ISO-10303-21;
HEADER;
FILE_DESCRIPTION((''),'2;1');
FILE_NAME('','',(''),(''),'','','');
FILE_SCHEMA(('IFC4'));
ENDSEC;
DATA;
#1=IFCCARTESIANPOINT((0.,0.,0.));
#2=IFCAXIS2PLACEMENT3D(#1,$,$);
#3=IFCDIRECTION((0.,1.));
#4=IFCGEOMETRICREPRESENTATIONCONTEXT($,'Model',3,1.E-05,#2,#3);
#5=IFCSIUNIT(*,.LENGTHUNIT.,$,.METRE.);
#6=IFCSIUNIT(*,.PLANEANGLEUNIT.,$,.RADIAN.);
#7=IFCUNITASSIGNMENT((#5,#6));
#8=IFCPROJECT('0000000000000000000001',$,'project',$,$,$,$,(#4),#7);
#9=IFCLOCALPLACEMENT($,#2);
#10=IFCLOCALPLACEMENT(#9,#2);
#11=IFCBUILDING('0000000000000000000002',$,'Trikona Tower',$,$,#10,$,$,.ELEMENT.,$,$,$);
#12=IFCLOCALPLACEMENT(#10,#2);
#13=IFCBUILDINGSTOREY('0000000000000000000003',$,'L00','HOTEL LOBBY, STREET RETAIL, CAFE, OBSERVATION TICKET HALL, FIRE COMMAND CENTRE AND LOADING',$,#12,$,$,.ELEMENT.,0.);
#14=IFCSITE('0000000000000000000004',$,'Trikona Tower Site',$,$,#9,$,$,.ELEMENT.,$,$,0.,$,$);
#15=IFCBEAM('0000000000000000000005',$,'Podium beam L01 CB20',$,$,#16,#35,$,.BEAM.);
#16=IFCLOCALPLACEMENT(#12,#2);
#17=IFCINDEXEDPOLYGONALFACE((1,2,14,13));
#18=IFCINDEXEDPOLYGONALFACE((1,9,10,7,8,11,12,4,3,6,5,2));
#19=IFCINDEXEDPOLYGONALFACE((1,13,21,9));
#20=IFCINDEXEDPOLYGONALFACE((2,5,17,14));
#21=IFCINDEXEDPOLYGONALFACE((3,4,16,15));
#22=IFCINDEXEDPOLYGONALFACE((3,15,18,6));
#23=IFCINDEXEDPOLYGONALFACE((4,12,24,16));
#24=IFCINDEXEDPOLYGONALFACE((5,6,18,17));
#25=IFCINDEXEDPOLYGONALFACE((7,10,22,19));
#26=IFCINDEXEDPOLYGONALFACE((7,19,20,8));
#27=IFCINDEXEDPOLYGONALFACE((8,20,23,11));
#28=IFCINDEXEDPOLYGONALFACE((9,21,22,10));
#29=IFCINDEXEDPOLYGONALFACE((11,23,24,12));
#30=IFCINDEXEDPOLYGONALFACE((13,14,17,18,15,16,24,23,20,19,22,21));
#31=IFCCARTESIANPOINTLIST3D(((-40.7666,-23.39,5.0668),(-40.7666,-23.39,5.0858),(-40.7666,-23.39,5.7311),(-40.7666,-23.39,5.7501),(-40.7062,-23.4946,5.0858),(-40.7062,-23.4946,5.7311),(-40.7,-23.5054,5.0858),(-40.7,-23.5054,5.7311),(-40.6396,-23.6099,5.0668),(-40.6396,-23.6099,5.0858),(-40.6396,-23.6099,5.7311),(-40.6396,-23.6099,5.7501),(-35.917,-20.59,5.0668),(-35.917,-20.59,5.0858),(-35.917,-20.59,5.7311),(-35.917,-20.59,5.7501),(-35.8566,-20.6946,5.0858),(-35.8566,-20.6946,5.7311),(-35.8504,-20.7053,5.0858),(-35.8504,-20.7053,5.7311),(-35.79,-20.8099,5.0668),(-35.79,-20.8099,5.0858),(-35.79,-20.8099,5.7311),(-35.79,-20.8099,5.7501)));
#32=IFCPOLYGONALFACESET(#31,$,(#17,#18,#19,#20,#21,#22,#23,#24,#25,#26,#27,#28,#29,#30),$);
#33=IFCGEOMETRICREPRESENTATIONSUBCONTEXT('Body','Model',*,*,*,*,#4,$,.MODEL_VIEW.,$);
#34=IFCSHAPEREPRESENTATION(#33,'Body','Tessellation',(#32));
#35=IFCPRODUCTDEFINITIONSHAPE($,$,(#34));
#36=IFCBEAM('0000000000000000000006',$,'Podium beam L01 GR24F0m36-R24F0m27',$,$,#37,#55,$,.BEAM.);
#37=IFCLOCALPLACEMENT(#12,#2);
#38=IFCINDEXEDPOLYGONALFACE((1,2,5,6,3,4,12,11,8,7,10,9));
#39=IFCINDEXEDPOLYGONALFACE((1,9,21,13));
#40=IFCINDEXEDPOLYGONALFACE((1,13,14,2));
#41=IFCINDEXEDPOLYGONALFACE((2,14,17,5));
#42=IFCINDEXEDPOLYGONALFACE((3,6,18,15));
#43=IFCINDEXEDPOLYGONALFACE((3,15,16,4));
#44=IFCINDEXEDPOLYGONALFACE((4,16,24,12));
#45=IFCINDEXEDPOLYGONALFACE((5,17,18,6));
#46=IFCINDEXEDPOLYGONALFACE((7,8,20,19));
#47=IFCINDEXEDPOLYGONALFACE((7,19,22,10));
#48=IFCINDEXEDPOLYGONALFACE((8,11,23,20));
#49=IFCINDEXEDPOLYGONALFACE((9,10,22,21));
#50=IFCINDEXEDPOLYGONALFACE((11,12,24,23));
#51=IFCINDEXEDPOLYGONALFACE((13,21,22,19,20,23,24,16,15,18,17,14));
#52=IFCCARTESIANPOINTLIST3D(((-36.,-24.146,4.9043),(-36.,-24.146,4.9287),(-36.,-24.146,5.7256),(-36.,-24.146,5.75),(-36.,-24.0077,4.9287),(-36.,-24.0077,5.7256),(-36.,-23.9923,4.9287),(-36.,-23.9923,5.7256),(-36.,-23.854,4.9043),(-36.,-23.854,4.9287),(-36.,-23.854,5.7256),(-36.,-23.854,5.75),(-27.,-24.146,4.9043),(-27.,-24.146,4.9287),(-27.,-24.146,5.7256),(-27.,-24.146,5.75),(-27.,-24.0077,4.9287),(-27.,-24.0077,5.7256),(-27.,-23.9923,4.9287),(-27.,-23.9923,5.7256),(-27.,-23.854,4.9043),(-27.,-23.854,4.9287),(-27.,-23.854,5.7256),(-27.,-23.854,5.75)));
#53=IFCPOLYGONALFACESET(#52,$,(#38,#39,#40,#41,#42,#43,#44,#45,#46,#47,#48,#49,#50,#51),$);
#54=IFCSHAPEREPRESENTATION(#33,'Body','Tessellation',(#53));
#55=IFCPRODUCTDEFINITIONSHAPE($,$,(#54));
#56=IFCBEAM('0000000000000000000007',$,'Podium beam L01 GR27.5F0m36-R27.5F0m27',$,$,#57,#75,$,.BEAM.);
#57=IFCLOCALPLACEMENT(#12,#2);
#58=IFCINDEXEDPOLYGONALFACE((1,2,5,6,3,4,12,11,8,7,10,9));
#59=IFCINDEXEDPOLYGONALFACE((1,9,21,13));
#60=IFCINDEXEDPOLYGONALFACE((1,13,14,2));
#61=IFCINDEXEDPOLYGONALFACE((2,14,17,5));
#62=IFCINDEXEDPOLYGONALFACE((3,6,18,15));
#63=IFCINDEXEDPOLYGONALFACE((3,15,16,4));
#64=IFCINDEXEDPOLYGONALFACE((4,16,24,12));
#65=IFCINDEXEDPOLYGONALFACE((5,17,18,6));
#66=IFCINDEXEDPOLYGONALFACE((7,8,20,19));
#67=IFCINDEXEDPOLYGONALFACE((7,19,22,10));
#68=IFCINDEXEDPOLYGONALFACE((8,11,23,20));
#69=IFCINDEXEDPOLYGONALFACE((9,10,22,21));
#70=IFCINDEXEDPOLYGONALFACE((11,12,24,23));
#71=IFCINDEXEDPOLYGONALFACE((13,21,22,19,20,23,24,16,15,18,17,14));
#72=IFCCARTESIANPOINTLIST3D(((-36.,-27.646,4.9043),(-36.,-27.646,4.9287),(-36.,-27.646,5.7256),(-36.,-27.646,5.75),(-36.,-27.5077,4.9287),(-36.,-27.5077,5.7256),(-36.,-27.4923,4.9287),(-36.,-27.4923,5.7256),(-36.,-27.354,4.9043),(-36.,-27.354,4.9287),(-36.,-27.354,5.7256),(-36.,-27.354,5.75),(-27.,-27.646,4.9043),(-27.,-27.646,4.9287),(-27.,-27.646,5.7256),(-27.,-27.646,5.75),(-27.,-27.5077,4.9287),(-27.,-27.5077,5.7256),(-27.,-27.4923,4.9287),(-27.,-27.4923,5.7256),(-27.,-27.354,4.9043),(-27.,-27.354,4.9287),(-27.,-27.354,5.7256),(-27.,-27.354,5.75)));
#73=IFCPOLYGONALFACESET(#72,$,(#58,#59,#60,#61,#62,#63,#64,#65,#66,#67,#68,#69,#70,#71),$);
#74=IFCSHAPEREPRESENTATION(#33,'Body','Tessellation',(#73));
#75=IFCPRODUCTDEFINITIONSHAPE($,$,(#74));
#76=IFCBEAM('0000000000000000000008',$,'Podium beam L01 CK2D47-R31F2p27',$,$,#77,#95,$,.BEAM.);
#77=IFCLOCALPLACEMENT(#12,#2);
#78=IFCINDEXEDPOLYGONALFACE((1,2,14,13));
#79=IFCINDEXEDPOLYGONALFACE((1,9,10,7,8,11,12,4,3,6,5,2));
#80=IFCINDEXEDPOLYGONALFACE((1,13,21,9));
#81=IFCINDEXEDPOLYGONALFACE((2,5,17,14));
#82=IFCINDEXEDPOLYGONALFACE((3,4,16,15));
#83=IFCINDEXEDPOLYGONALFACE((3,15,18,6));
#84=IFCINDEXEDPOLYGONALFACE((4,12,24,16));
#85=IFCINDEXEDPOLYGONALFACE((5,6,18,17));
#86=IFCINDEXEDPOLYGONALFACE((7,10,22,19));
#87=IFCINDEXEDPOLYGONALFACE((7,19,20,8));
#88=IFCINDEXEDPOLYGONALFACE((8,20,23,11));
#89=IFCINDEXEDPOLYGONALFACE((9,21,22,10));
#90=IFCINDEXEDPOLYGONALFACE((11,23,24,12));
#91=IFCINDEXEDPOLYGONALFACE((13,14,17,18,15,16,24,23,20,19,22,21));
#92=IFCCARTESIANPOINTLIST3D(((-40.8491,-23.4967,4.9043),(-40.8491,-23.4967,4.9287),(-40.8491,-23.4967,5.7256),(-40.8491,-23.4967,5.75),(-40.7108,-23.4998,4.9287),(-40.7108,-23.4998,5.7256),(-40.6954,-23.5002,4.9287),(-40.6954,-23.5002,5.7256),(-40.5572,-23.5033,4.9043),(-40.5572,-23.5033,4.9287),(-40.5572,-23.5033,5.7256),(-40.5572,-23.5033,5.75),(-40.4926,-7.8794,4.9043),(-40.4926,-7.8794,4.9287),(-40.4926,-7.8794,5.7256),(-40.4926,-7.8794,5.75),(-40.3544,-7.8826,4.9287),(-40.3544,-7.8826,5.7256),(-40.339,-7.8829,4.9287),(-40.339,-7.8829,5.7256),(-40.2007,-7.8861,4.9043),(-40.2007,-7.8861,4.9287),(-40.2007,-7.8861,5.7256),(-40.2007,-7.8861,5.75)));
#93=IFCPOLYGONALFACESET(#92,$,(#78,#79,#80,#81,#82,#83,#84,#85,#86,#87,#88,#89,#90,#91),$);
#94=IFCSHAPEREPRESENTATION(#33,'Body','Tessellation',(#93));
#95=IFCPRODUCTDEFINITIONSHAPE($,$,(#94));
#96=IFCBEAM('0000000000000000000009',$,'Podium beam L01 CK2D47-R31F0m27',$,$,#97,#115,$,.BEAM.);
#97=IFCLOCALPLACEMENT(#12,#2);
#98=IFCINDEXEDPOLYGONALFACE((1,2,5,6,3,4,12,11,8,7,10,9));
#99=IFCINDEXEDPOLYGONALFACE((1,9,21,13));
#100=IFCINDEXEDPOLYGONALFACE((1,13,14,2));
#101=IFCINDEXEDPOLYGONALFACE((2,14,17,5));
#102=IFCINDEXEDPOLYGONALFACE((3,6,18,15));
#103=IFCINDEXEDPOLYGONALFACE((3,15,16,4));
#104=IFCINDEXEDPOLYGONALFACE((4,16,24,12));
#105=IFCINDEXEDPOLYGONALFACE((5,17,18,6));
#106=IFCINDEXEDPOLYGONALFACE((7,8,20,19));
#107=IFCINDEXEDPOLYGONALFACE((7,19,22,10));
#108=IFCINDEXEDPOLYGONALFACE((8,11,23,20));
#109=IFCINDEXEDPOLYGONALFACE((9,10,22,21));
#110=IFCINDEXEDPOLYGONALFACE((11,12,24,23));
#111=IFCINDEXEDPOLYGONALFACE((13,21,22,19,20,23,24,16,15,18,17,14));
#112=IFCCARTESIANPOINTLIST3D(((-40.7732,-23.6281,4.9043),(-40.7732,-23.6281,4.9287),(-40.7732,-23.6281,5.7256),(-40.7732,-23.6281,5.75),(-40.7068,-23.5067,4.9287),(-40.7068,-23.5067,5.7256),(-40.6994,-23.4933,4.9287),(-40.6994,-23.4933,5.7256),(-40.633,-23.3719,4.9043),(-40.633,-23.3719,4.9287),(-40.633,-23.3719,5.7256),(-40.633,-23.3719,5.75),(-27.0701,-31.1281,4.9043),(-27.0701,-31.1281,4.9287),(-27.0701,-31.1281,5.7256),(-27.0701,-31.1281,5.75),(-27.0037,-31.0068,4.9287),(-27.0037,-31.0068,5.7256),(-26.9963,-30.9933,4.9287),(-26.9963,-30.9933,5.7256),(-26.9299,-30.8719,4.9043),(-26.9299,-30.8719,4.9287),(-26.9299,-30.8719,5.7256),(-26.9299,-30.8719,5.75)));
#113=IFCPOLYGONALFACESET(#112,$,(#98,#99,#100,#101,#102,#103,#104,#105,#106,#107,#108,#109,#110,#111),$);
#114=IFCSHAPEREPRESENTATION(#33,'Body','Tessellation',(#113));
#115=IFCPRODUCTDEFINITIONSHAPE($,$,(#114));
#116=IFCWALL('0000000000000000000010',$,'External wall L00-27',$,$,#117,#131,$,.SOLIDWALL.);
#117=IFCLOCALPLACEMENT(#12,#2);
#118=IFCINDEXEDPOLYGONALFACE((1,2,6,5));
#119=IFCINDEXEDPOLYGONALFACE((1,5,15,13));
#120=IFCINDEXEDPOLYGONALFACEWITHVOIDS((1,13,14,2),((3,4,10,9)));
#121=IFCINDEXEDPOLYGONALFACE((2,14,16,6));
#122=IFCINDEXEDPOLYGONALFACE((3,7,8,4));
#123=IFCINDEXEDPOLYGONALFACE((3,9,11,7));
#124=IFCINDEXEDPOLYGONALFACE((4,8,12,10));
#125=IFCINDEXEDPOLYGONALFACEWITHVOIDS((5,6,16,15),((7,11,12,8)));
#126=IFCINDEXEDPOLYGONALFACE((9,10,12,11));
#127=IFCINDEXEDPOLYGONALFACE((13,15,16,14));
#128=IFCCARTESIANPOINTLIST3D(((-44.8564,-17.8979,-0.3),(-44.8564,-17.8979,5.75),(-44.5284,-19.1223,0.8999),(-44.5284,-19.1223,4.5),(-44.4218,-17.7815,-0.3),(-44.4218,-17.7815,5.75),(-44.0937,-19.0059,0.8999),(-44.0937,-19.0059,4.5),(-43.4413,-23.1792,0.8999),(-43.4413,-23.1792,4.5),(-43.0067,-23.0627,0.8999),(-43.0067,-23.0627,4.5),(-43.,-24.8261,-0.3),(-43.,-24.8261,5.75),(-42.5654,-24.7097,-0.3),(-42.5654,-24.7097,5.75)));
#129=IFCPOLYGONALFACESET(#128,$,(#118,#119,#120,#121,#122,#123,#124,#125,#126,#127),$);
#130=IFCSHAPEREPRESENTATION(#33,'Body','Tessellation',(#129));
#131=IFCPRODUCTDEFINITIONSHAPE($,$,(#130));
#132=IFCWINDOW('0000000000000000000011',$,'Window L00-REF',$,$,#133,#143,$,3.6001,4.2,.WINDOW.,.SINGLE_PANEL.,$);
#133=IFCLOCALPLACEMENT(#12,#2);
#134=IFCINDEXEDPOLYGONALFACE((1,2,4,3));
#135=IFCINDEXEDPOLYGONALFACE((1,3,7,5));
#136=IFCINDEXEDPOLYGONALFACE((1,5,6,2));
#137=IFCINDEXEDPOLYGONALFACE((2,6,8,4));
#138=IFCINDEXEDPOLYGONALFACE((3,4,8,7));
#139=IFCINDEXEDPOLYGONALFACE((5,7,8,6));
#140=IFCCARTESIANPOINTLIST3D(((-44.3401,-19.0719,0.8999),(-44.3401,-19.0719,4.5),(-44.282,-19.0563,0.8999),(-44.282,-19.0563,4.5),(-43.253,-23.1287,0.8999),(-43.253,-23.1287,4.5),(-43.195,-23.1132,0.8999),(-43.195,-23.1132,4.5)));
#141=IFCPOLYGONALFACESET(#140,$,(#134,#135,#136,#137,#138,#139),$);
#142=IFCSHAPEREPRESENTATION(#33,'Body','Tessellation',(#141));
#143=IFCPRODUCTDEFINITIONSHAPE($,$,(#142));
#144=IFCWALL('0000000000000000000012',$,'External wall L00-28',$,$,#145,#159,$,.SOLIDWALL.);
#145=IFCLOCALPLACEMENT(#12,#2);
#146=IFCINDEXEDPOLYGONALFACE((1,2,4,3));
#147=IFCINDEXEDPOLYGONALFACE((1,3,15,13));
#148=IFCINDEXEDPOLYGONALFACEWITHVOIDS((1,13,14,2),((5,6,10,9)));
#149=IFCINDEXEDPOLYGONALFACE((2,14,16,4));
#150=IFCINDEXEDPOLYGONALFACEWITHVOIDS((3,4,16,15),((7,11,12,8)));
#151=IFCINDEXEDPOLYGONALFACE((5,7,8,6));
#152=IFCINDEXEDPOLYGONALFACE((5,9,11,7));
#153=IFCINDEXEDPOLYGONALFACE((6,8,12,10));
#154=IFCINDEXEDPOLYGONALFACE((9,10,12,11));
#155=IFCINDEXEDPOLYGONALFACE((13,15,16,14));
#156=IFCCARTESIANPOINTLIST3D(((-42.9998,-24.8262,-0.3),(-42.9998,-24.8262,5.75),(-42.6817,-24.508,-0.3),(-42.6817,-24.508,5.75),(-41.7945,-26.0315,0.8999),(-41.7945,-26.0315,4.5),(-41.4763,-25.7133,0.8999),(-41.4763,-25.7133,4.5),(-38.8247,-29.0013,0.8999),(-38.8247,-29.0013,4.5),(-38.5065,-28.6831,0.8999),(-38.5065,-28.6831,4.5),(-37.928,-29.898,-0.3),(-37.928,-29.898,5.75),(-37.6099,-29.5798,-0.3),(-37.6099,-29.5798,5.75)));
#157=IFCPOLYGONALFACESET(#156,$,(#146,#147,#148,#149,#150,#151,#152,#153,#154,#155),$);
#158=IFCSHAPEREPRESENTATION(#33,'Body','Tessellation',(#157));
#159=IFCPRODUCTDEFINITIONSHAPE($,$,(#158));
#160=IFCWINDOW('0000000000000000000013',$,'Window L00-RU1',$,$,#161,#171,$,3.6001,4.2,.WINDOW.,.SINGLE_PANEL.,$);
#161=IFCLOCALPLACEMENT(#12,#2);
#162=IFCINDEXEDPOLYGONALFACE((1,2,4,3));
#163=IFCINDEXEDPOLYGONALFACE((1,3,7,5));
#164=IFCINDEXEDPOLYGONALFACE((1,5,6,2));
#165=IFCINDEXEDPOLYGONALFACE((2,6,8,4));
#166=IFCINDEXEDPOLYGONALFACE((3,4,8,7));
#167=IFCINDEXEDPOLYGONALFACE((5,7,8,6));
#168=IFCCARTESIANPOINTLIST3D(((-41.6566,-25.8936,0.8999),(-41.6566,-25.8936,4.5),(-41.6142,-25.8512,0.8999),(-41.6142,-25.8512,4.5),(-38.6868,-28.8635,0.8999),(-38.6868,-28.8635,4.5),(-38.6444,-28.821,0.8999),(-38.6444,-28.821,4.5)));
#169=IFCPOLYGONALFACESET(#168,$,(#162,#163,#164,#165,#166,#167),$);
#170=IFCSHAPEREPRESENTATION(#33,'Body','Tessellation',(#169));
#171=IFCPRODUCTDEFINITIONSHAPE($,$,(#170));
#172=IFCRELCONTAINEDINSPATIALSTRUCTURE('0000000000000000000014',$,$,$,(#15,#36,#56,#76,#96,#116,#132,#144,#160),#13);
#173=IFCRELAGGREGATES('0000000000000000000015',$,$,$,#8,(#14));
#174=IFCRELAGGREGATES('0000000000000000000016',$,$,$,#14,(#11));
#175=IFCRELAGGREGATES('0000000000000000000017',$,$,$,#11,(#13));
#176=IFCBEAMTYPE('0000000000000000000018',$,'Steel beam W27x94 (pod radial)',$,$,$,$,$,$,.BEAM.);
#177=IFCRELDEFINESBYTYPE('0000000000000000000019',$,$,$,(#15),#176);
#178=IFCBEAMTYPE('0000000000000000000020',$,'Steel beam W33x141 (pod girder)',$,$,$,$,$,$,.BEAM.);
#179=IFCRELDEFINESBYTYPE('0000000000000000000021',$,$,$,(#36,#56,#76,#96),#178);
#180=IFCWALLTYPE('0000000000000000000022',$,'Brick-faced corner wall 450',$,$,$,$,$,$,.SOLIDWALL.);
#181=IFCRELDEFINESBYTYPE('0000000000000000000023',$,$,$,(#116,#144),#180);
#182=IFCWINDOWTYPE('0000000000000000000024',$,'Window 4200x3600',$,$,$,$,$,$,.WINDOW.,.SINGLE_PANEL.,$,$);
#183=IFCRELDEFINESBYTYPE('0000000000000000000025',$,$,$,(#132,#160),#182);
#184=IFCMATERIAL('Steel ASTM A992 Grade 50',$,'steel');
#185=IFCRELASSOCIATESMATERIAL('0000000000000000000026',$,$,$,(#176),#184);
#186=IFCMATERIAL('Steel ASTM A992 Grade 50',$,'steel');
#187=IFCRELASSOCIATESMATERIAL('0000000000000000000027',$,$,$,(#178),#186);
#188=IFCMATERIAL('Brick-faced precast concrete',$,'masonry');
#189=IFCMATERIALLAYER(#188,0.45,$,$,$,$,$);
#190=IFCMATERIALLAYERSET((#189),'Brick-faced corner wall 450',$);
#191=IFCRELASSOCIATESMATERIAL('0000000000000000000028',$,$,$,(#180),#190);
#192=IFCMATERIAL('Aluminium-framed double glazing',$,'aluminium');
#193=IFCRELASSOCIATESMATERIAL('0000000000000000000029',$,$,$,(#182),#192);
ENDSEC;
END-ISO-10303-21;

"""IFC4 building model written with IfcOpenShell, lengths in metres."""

from ifc_helpers import new_model, si_unit, direction, frame, frame_2d, origin, origin_2d, place, context, subcontext, project, spatial, rectangle, i_section, extrude, material, layer, layer_set, material_profile, profile_set, type_object, element, fill, save


model = new_model("IFC4")

# Units and contexts
model_context = context("Model", 3, precision=1e-05, world=origin(), true_north=direction((0.0, 1.0)))
body_context = subcontext(model_context, "Body", "Model", "MODEL_VIEW")
ifc_project = project(units=[si_unit("LENGTHUNIT", "METRE"), si_unit("PLANEANGLEUNIT", "RADIAN")], contexts=[model_context])

# Site, building, storey
site_placement = place(None, origin())
site = spatial("IfcSite", under=ifc_project, at=site_placement, Name="Trikona Tower Site", CompositionType="ELEMENT", RefElevation=0.0)
building_placement = place(site_placement, origin())
building = spatial("IfcBuilding", under=site, at=building_placement, Name="Trikona Tower", CompositionType="ELEMENT")
storey_placement = place(building_placement, origin())
storey = spatial("IfcBuildingStorey", under=building, at=storey_placement, Name="L00", Description="HOTEL LOBBY, STREET RETAIL, CAFE, OBSERVATION TICKET HALL, FIRE COMMAND CENTRE AND LOADING", CompositionType="ELEMENT", Elevation=0.0)

# Beams
ifc_material_1 = material(Name="Steel ASTM A992 Grade 50", Category="steel")
ifc_material_profile_1 = material_profile(ifc_material_1, i_section(OverallWidth=0.2539, OverallDepth=0.6833, WebThickness=0.0125, FlangeThickness=0.019, at=origin_2d()), Name="W27X94")
ifc_profile_set_1 = profile_set([ifc_material_profile_1], Name="Steel ASTM A992 Grade 50")
beam_type_1 = type_object("IfcBeamType", Name="Steel beam W27x94 (pod radial)", PredefinedType="BEAM", material=ifc_profile_set_1)
beam_placement = place(storey_placement, frame((-35.8535, -20.7, 5.4084), z_axis=(-0.866016, -0.500017, 0.0), x_axis=(0.500017, -0.866016, 0.0)))
element("IfcBeam", 1, at=beam_placement, inside=storey, type_object=beam_type_1, Name="Podium beam L01 CB20", PredefinedType="BEAM", context=body_context, shape_type="SweptSolid", body=[
    extrude(i_section(OverallWidth=0.2539, OverallDepth=0.6833, WebThickness=0.0125, FlangeThickness=0.019, at=origin_2d()), origin(), (0.0, 0.0, 1.0), 5.5999),
])
ifc_material_2 = material(Name="Steel ASTM A992 Grade 50", Category="steel")
ifc_material_profile_2 = material_profile(ifc_material_2, i_section(OverallWidth=0.292, OverallDepth=0.8457, WebThickness=0.0154, FlangeThickness=0.0244, at=origin_2d()), Name="W33X141")
ifc_profile_set_2 = profile_set([ifc_material_profile_2], Name="Steel ASTM A992 Grade 50")
beam_type_2 = type_object("IfcBeamType", Name="Steel beam W33x141 (pod girder)", PredefinedType="BEAM", material=ifc_profile_set_2)
for number, where, z_axis, x_axis, name in (
    (2, (-36.0, -24.0, 5.3271), (1.0, 0.0, 0.0), (0.0, 1.0, 0.0), "Podium beam L01 GR24F0m36-R24F0m27"),
    (3, (-36.0, -27.5, 5.3271), (1.0, 0.0, 0.0), (0.0, 1.0, 0.0), "Podium beam L01 GR27.5F0m36-R27.5F0m27"),
):
    element("IfcBeam", number, at=place(storey_placement, frame(where, z_axis=z_axis, x_axis=x_axis)), inside=storey, type_object=beam_type_2, Name=name, PredefinedType="BEAM", context=body_context, shape_type="SweptSolid", body=[
        extrude(i_section(OverallWidth=0.292, OverallDepth=0.8457, WebThickness=0.0154, FlangeThickness=0.0244, at=origin_2d()), origin(), (0.0, 0.0, 1.0), 9.0),
    ])
for number, where, z_axis, x_axis, name in (
    (4, (-40.7031, -23.5, 5.3271), (0.022818, 0.99974, 0.0), (-0.99974, 0.022818, 0.0), "Podium beam L01 CK2D47-R31F2p27"),
    (5, (-40.7031, -23.5, 5.3271), (0.877207, -0.480113, 0.0), (0.480113, 0.877207, 0.0), "Podium beam L01 CK2D47-R31F0m27"),
):
    element("IfcBeam", number, at=place(storey_placement, frame(where, z_axis=z_axis, x_axis=x_axis)), inside=storey, type_object=beam_type_2, Name=name, PredefinedType="BEAM", context=body_context, shape_type="SweptSolid", body=[
        extrude(i_section(OverallWidth=0.292, OverallDepth=0.8457, WebThickness=0.0154, FlangeThickness=0.0244, at=origin_2d()), origin(), (0.0, 0.0, 1.0), 15.6213),
    ])

# Walls, openings, windows
ifc_material_3 = material(Name="Brick-faced precast concrete", Category="masonry")
ifc_layer = layer(ifc_material_3, 0.45)
ifc_layer_set = layer_set([ifc_layer], Name="Brick-faced corner wall 450")
wall_type = type_object("IfcWallType", Name="Brick-faced corner wall 450", PredefinedType="SOLIDWALL", material=ifc_layer_set)
wall_1_placement = place(storey_placement, frame((-44.6392, -17.8396, -0.3), z_axis=(0.0, 0.0, 1.0), x_axis=(0.258823, -0.965925, 0.0)))
wall_1 = element("IfcWall", 6, at=wall_1_placement, inside=storey, type_object=wall_type, Name="External wall L00-27", PredefinedType="SOLIDWALL", context=body_context, shape_type="SweptSolid", body=[
    extrude(rectangle(XDim=7.1726, YDim=0.45, at=frame_2d((3.5864, 0.0))), origin(), (0.0, 0.0, 1.0), 6.05),
])
opening_1_placement = place(wall_1_placement, frame((1.2676, 0.0, 1.2)))
opening_1 = element("IfcOpeningElement", 7, at=opening_1_placement, cuts=wall_1, PredefinedType="OPENING", context=body_context, shape_type="SweptSolid", body=[
    extrude(rectangle(XDim=4.2, YDim=3.6001, at=frame_2d((2.1001, 1.8))), frame((0.0, 0.2349, 0.0), z_axis=(0.0, -1.0, 0.0), x_axis=(1.0, 0.0, 0.0)), (0.0, 0.0, 1.0), 0.47),
])
ifc_material_4 = material(Name="Aluminium-framed double glazing", Category="aluminium")
window_type = type_object("IfcWindowType", Name="Window 4200x3600", PartitioningType="SINGLE_PANEL", PredefinedType="WINDOW", material=ifc_material_4)
window_1_placement = place(opening_1_placement, origin())
window_1 = element("IfcWindow", 8, at=window_1_placement, inside=storey, type_object=window_type, Name="Window L00-REF", OverallHeight=3.6001, OverallWidth=4.2, PartitioningType="SINGLE_PANEL", PredefinedType="WINDOW", context=body_context, shape_type="SweptSolid", body=[
    extrude(rectangle(XDim=4.2, YDim=3.6001, at=frame_2d((2.1001, 1.8))), frame((0.0, 0.03, 0.0), z_axis=(0.0, -1.0, 0.0), x_axis=(1.0, 0.0, 0.0)), (0.0, 0.0, 1.0), 0.0601),
])
fill(opening_1, window_1)
wall_2_placement = place(storey_placement, frame((-42.8408, -24.667, -0.3), z_axis=(0.0, 0.0, 1.0), x_axis=(0.707107, -0.707107, 0.0)))
wall_2 = element("IfcWall", 9, at=wall_2_placement, inside=storey, type_object=wall_type, Name="External wall L00-28", PredefinedType="SOLIDWALL", context=body_context, shape_type="SweptSolid", body=[
    extrude(rectangle(XDim=7.1726, YDim=0.45, at=frame_2d((3.5864, 0.0))), origin(), (0.0, 0.0, 1.0), 6.05),
])
opening_2_placement = place(wall_2_placement, frame((1.7046, 0.0, 1.2)))
opening_2 = element("IfcOpeningElement", 10, at=opening_2_placement, cuts=wall_2, PredefinedType="OPENING", context=body_context, shape_type="SweptSolid", body=[
    extrude(rectangle(XDim=4.2, YDim=3.6001, at=frame_2d((2.1001, 1.8))), frame((0.0, 0.2349, 0.0), z_axis=(0.0, -1.0, 0.0), x_axis=(1.0, 0.0, 0.0)), (0.0, 0.0, 1.0), 0.47),
])
window_2_placement = place(opening_2_placement, origin())
window_2 = element("IfcWindow", 11, at=window_2_placement, inside=storey, type_object=window_type, Name="Window L00-RU1", OverallHeight=3.6001, OverallWidth=4.2, PartitioningType="SINGLE_PANEL", PredefinedType="WINDOW", context=body_context, shape_type="SweptSolid", body=[
    extrude(rectangle(XDim=4.2, YDim=3.6001, at=frame_2d((2.1001, 1.8))), frame((0.0, 0.03, 0.0), z_axis=(0.0, -1.0, 0.0), x_axis=(1.0, 0.0, 0.0)), (0.0, 0.0, 1.0), 0.0601),
])
fill(opening_2, window_2)

save(model, "model.ifc")
